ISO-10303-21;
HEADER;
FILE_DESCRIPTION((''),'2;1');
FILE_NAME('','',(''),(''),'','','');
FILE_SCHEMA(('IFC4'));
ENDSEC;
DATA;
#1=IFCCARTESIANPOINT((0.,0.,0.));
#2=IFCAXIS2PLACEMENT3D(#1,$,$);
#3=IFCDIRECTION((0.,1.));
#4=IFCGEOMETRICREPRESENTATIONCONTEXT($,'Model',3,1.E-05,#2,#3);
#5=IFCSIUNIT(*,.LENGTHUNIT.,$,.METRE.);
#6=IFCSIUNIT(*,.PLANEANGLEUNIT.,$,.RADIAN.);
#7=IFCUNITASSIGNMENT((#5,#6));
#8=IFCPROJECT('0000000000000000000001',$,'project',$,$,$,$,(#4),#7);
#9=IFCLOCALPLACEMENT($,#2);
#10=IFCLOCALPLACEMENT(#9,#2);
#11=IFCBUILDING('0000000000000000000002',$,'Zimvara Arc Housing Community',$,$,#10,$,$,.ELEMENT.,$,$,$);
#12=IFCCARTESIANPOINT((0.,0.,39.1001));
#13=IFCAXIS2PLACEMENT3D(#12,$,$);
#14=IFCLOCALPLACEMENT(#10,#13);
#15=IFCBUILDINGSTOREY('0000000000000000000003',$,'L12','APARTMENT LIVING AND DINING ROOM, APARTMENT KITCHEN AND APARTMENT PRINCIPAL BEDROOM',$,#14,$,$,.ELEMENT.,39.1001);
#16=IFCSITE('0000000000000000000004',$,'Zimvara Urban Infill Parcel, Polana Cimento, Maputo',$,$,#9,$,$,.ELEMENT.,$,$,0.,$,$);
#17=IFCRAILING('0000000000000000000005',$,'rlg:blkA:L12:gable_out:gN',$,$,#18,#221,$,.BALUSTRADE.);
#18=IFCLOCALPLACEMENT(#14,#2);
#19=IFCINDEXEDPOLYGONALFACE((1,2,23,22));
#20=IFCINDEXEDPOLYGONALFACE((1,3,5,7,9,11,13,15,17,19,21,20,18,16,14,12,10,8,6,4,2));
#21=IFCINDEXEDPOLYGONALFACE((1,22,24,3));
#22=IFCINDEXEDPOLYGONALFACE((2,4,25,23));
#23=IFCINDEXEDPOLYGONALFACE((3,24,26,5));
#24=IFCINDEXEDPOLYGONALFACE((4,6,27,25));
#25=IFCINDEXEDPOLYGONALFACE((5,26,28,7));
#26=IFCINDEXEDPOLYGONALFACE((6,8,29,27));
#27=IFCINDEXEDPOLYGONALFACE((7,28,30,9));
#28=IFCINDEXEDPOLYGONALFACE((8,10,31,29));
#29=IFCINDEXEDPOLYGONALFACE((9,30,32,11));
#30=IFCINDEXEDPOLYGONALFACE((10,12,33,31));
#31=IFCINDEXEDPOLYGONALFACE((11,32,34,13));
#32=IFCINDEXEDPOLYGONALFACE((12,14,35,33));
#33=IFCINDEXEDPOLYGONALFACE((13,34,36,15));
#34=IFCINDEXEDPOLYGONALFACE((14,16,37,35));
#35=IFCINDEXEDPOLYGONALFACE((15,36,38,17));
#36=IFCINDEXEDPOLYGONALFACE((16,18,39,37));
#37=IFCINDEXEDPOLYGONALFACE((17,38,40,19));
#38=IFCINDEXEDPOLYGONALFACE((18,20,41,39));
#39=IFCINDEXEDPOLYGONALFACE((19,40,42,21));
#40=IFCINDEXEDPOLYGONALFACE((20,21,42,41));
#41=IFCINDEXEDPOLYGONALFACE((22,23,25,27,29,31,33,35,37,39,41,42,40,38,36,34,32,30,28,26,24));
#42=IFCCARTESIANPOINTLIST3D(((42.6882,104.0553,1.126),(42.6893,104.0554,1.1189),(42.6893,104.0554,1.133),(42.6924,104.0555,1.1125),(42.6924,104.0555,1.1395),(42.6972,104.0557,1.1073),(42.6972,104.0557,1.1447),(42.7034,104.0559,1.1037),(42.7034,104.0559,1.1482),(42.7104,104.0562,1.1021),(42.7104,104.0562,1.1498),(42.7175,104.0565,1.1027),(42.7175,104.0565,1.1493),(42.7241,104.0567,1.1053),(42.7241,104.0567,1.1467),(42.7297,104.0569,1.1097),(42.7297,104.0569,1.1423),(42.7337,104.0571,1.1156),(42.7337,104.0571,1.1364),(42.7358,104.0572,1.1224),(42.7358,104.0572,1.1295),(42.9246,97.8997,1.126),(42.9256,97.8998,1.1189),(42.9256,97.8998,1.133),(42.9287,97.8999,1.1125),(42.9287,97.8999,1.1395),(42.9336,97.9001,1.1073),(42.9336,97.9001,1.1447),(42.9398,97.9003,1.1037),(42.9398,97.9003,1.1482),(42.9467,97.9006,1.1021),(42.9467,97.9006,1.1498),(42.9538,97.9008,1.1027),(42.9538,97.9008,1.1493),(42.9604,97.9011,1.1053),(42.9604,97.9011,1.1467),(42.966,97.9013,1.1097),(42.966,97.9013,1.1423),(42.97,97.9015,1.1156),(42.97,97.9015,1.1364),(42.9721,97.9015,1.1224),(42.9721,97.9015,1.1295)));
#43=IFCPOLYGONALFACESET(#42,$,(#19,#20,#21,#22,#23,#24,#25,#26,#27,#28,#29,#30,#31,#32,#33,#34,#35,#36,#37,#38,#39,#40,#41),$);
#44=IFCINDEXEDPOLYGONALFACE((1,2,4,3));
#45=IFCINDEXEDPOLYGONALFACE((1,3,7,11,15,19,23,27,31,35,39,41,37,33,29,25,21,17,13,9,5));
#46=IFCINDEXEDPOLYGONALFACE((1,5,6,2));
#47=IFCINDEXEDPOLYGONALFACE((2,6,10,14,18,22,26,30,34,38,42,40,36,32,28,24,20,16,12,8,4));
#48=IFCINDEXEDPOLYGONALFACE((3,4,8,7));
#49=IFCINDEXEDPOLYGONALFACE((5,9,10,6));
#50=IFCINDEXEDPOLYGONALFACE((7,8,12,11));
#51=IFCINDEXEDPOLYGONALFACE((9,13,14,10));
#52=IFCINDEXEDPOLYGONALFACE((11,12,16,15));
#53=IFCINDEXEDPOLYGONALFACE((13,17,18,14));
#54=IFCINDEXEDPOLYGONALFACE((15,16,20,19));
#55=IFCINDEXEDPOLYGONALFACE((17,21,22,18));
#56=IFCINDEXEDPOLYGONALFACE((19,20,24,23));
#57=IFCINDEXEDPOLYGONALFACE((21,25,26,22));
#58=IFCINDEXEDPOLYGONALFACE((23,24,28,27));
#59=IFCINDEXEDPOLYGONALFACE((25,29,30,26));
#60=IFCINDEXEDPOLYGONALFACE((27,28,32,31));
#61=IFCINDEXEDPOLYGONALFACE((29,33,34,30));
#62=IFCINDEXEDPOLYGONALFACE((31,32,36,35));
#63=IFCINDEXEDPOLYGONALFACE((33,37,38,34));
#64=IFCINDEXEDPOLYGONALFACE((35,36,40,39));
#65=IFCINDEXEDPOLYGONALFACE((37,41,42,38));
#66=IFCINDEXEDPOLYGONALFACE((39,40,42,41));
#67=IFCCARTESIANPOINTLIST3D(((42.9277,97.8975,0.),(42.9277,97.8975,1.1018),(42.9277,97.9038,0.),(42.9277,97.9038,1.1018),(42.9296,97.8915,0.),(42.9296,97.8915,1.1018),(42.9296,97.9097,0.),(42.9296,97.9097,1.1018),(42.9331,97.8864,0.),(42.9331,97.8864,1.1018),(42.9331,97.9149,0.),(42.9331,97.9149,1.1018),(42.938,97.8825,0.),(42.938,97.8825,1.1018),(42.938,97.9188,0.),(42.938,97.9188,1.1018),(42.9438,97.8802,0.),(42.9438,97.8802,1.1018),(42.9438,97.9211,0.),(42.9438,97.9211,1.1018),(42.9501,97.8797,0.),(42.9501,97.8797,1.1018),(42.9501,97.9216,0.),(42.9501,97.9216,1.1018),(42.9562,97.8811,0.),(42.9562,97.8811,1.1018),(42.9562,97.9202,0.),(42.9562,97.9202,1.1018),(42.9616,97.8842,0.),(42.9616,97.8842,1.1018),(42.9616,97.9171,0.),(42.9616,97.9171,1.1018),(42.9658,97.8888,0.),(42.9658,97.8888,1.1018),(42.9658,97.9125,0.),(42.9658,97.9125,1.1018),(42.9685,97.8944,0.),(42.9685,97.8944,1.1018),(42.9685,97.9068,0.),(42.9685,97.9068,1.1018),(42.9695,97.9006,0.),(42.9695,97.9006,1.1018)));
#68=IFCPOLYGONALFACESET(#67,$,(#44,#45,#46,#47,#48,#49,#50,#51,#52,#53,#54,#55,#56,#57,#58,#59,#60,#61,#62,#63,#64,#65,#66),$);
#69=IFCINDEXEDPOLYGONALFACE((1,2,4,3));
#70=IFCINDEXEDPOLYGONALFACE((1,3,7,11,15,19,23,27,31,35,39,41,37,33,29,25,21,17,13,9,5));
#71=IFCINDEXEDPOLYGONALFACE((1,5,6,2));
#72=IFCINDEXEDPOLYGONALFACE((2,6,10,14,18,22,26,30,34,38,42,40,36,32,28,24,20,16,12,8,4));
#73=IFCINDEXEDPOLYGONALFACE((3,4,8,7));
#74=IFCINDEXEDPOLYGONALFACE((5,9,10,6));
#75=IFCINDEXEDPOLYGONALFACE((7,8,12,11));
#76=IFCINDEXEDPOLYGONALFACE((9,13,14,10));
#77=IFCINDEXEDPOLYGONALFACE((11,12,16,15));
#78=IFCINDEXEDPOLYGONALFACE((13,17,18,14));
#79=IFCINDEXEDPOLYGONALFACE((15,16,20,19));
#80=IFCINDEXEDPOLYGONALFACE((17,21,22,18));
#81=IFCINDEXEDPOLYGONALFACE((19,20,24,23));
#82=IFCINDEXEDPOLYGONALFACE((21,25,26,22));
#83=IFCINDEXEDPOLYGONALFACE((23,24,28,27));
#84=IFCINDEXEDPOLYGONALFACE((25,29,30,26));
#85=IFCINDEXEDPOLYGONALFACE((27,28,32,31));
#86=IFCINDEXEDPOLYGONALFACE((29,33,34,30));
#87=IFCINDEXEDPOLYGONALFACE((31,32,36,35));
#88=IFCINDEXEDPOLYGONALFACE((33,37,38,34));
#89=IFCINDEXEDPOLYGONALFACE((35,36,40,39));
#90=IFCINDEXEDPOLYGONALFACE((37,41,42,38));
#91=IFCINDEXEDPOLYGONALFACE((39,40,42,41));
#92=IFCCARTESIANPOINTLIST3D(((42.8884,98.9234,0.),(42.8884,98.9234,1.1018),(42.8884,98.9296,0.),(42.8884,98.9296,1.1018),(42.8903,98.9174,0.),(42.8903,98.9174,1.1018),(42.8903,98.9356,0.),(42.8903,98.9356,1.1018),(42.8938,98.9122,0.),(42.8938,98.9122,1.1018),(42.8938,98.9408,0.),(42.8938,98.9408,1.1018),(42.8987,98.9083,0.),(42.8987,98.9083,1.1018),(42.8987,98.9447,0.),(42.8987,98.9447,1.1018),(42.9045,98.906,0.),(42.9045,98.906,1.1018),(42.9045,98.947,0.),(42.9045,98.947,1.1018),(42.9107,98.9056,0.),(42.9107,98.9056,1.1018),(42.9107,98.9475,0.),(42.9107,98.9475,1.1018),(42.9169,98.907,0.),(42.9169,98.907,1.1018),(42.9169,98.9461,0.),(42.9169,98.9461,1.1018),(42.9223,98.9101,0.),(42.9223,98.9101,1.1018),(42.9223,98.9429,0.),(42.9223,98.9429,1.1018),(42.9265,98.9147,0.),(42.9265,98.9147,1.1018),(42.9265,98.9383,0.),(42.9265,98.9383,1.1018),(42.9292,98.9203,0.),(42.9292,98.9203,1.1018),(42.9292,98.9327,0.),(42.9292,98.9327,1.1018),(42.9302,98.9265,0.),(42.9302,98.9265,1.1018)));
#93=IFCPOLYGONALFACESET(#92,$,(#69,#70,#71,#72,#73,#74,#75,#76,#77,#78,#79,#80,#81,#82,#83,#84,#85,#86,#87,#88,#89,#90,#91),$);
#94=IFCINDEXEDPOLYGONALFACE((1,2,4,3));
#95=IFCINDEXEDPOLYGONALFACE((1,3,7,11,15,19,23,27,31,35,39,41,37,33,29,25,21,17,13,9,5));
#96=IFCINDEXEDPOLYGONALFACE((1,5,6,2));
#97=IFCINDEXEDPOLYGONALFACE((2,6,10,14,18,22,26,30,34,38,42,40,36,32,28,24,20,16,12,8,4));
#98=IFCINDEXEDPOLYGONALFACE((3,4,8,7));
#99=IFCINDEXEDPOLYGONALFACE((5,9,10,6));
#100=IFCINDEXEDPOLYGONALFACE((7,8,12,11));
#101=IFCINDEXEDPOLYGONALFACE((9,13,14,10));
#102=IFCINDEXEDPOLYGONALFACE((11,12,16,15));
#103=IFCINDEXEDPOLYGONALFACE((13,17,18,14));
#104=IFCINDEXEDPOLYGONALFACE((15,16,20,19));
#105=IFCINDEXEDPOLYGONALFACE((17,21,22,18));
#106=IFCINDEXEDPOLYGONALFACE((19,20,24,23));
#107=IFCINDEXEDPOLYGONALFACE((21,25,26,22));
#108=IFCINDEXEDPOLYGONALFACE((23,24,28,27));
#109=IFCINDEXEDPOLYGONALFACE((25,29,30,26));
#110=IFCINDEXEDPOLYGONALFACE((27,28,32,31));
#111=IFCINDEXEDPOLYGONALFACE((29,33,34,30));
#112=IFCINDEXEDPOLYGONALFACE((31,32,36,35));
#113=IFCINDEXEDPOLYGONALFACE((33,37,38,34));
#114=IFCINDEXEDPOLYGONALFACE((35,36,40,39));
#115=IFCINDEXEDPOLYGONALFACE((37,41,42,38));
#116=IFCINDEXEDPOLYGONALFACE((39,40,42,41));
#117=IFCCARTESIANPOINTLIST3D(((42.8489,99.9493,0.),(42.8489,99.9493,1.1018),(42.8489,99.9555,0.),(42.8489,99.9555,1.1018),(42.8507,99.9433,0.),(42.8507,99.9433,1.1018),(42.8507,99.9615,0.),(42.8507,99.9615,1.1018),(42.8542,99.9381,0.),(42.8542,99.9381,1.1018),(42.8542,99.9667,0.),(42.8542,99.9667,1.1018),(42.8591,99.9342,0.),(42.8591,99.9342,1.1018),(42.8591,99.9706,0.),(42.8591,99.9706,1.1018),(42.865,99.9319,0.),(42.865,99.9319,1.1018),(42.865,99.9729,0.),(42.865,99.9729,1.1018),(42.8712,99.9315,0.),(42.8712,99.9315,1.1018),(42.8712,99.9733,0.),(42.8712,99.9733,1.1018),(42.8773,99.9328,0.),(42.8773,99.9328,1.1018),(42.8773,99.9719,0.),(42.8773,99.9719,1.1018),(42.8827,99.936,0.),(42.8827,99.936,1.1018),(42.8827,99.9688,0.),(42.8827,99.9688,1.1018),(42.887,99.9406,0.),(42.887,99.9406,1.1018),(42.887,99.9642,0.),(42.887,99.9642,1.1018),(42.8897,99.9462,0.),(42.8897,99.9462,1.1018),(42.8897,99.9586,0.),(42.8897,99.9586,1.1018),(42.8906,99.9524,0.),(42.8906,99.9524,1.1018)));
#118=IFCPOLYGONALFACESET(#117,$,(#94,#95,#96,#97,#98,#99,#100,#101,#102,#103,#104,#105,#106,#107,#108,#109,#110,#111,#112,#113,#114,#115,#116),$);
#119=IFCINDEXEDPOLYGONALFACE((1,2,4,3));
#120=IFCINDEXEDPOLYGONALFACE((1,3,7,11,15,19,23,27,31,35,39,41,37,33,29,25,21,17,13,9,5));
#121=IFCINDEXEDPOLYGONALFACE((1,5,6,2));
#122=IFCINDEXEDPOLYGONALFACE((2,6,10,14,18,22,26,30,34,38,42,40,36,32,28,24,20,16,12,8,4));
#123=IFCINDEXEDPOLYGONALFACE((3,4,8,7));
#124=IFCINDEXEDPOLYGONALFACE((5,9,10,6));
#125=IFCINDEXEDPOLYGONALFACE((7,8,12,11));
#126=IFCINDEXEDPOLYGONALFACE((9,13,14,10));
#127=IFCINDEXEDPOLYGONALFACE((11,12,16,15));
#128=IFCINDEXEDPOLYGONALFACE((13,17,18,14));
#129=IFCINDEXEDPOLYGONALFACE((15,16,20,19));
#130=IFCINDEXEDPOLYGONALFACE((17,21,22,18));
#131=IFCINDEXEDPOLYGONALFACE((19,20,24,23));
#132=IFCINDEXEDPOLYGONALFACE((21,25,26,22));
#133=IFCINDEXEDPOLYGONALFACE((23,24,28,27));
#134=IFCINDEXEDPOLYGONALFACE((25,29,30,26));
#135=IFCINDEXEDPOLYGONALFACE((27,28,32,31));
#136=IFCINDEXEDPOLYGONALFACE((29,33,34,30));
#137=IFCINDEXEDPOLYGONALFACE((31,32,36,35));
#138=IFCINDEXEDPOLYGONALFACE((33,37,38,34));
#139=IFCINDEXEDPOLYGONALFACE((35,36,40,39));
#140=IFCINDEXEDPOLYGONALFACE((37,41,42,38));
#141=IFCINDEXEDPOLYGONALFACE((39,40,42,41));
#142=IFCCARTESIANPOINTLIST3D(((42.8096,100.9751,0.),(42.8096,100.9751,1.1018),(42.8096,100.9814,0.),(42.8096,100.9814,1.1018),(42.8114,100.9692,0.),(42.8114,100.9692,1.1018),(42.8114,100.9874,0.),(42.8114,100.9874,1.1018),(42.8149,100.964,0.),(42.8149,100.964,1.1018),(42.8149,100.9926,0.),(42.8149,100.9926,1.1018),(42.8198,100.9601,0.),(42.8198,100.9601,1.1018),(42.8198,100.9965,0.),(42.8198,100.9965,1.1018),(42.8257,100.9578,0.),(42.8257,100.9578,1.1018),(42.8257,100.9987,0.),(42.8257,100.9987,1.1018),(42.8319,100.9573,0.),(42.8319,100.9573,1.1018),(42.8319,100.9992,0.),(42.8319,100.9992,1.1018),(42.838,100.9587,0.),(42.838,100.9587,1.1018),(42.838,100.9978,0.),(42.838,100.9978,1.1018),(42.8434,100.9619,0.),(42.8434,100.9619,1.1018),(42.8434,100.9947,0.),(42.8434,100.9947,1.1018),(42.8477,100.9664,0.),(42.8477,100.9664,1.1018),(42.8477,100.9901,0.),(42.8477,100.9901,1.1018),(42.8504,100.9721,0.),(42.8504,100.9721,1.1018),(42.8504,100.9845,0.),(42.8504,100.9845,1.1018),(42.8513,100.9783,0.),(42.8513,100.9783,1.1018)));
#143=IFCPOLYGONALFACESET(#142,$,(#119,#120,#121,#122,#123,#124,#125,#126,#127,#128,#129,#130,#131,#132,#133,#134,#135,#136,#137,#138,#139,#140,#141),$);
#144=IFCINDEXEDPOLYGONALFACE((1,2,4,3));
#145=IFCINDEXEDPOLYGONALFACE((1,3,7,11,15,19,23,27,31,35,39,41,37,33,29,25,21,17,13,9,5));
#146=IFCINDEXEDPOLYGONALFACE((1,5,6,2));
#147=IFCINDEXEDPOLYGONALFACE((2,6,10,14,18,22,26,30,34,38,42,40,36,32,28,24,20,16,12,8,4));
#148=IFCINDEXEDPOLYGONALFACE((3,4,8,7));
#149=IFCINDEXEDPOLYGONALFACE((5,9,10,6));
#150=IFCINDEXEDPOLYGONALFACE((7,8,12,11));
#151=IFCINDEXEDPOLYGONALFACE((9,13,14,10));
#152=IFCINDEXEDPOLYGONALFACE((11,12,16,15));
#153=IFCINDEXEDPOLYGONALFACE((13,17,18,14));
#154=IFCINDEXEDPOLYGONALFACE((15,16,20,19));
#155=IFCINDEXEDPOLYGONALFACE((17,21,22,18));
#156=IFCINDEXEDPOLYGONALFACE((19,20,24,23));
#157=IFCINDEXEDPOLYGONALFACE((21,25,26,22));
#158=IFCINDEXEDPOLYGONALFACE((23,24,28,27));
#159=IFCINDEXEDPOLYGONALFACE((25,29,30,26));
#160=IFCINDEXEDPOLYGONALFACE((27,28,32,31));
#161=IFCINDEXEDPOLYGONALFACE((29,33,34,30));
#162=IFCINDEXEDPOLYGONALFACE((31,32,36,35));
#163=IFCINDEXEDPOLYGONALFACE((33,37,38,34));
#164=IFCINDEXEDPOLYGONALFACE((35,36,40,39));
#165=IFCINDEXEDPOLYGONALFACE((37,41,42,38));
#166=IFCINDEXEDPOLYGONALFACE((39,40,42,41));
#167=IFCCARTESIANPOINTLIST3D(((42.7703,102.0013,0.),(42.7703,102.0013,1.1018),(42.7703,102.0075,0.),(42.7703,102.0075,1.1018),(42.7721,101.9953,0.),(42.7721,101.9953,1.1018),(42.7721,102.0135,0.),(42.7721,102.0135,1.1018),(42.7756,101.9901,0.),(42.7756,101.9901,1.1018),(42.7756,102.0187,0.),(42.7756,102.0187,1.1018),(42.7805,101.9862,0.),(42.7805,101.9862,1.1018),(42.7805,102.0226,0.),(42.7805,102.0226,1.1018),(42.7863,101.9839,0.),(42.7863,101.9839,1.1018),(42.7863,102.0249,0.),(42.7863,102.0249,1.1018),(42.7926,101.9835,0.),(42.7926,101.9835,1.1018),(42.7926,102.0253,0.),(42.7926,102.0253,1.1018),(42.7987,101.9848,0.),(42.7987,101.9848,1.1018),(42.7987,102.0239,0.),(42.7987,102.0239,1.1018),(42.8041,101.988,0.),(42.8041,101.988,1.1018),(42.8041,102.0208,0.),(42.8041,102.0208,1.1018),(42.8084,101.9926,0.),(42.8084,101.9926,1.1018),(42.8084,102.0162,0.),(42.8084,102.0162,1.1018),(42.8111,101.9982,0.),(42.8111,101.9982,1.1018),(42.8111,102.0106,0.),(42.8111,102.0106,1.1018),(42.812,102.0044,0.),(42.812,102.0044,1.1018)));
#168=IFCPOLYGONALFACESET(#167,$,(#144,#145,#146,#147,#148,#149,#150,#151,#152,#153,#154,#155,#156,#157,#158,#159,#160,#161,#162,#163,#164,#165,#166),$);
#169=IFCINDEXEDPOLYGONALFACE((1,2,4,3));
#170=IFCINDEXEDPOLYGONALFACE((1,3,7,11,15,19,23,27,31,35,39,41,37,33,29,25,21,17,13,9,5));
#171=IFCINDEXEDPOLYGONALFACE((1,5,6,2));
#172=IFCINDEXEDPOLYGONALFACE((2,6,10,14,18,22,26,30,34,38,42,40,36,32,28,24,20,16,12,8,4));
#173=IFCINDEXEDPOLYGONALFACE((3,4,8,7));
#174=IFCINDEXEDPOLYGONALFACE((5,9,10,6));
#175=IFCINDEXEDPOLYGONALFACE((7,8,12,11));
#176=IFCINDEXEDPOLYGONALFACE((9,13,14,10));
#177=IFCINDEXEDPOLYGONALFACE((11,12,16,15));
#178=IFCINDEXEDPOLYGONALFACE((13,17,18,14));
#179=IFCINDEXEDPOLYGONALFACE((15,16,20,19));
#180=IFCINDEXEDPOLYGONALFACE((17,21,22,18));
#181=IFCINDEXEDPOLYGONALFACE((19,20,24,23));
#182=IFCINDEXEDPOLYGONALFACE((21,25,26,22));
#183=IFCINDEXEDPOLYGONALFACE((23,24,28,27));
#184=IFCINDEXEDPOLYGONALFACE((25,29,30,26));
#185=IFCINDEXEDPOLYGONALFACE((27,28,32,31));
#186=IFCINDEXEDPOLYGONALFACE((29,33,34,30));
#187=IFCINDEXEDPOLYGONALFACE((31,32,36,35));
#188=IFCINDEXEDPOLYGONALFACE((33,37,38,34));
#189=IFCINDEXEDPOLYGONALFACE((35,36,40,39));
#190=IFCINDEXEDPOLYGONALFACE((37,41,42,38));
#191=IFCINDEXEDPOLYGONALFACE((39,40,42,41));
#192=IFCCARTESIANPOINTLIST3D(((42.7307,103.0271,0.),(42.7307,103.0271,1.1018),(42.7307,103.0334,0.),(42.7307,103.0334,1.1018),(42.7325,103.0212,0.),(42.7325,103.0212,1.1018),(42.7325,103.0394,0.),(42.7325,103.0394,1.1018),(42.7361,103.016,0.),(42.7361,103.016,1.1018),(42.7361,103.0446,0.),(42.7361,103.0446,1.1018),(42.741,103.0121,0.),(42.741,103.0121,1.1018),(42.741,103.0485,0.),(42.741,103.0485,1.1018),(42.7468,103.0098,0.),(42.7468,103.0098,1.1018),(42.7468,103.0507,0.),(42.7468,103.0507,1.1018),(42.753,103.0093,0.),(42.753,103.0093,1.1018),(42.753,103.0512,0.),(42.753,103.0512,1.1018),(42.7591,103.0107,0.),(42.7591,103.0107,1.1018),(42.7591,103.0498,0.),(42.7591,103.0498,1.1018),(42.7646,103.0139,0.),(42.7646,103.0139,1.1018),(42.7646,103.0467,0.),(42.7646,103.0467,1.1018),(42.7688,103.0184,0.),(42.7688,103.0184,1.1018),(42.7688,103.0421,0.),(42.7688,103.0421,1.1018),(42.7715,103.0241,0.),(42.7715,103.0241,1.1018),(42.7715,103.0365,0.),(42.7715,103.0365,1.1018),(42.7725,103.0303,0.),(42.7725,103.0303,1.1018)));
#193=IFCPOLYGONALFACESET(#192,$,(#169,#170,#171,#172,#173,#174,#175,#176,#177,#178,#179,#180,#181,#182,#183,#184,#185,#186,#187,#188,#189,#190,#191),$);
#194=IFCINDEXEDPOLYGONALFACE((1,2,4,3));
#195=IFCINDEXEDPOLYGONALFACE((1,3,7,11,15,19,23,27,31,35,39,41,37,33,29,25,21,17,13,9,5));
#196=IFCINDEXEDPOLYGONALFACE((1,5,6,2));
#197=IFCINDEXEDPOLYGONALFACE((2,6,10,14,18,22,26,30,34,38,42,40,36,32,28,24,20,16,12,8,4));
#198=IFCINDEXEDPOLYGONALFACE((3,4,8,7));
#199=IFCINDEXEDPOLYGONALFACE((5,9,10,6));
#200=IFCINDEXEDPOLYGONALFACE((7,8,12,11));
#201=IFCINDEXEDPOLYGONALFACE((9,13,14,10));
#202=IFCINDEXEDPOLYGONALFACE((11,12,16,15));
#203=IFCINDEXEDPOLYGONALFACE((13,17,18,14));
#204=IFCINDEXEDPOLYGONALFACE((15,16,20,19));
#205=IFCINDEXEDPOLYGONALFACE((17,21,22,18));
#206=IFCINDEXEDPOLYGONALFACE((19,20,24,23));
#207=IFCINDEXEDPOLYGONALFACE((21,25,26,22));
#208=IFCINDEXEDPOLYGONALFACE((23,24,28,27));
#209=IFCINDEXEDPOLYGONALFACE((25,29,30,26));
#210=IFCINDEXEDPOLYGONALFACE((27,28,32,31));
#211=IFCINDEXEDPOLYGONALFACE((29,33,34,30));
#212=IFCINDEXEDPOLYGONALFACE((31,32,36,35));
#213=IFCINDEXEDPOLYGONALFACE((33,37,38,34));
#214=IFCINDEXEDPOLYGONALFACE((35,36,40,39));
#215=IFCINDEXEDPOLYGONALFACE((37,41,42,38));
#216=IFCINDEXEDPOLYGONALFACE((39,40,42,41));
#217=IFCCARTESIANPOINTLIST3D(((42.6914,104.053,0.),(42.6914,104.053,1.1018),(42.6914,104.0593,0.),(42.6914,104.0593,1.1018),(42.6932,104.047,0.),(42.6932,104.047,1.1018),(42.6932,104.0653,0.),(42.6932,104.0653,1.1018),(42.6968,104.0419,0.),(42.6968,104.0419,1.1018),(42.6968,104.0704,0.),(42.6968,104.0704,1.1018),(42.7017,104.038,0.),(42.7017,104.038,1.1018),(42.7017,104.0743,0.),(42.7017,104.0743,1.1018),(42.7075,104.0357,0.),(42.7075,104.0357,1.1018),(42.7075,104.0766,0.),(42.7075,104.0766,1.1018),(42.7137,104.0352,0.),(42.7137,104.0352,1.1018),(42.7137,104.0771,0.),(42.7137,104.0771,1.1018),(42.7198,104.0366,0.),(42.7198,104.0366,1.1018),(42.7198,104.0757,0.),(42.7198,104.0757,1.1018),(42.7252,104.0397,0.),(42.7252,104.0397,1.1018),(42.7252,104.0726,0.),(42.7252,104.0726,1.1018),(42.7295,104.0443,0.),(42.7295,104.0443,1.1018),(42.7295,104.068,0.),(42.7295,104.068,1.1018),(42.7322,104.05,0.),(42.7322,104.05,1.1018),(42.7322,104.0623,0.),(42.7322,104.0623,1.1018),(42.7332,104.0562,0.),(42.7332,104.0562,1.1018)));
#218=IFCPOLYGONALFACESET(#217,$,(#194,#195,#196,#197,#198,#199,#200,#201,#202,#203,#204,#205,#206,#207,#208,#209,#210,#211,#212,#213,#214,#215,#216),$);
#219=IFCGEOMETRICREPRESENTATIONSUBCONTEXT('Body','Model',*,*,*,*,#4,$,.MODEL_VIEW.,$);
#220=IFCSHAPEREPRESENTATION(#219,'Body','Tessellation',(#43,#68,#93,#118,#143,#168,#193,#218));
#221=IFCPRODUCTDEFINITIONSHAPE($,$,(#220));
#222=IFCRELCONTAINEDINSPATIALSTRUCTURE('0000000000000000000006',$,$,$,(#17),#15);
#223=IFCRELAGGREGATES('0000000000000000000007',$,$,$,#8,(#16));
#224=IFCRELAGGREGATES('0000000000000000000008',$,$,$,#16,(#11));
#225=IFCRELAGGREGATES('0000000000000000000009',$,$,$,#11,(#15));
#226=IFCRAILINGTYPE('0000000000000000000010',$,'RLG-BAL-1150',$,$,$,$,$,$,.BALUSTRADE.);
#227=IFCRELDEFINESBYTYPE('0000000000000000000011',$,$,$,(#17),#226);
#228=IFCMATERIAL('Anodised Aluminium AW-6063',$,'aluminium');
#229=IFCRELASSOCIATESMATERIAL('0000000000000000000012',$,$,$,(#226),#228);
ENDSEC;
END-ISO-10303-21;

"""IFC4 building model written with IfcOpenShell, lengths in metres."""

from ifc_helpers import new_model, si_unit, direction, frame, origin, origin_2d, place, context, subcontext, project, spatial, circle, extrude, material, type_object, element, save


model = new_model("IFC4")

# Units and contexts
model_context = context("Model", 3, precision=1e-05, world=origin(), true_north=direction((0.0, 1.0)))
body_context = subcontext(model_context, "Body", "Model", "MODEL_VIEW")
ifc_project = project(units=[si_unit("LENGTHUNIT", "METRE"), si_unit("PLANEANGLEUNIT", "RADIAN")], contexts=[model_context])

# Site, building, storey
site_placement = place(None, origin())
site = spatial("IfcSite", under=ifc_project, at=site_placement, Name="Zimvara Urban Infill Parcel, Polana Cimento, Maputo", CompositionType="ELEMENT", RefElevation=0.0)
building_placement = place(site_placement, origin())
building = spatial("IfcBuilding", under=site, at=building_placement, Name="Zimvara Arc Housing Community", CompositionType="ELEMENT")
storey_placement = place(building_placement, frame((0.0, 0.0, 39.1001)))
storey = spatial("IfcBuildingStorey", under=building, at=storey_placement, Name="L12", Description="APARTMENT LIVING AND DINING ROOM, APARTMENT KITCHEN AND APARTMENT PRINCIPAL BEDROOM", CompositionType="ELEMENT", Elevation=39.1001)

# Railing
ifc_material_1 = material(Name="Anodised Aluminium AW-6063", Category="aluminium")
railing_type = type_object("IfcRailingType", Name="RLG-BAL-1150", PredefinedType="BALUSTRADE", material=ifc_material_1)
railing_1_placement = place(storey_placement, frame((42.9485, 97.9006, 0.0)))
element("IfcRailing", 1, at=railing_1_placement, inside=storey, type_object=railing_type, Name="rlg:blkA:L12:gable_out:gN", PredefinedType="BALUSTRADE", context=body_context, shape_type="SweptSolid", body=[
    extrude(circle(Radius=0.0239, at=origin_2d()), frame((0.0, 0.0, 1.126), z_axis=(-0.038365, 0.999264, 0.0), x_axis=(-0.999264, -0.038365, 0.0)), (0.0, 0.0, 1.0), 6.1602),
    extrude(circle(Radius=0.021, at=origin_2d()), origin(), (0.0, 0.0, 1.0), 1.1018),
    extrude(circle(Radius=0.021, at=origin_2d()), frame((-0.0393, 1.0259, 0.0)), (0.0, 0.0, 1.0), 1.1018),
    extrude(circle(Radius=0.021, at=origin_2d()), frame((-0.0789, 2.0518, 0.0)), (0.0, 0.0, 1.0), 1.1018),
    extrude(circle(Radius=0.021, at=origin_2d()), frame((-0.1182, 3.0776, 0.0)), (0.0, 0.0, 1.0), 1.1018),
    extrude(circle(Radius=0.021, at=origin_2d()), frame((-0.1575, 4.1038, 0.0)), (0.0, 0.0, 1.0), 1.1018),
    extrude(circle(Radius=0.021, at=origin_2d()), frame((-0.197, 5.1296, 0.0)), (0.0, 0.0, 1.0), 1.1018),
    extrude(circle(Radius=0.021, at=origin_2d()), frame((-0.2363, 6.1555, 0.0)), (0.0, 0.0, 1.0), 1.1018),
])

save(model, "model.ifc")
